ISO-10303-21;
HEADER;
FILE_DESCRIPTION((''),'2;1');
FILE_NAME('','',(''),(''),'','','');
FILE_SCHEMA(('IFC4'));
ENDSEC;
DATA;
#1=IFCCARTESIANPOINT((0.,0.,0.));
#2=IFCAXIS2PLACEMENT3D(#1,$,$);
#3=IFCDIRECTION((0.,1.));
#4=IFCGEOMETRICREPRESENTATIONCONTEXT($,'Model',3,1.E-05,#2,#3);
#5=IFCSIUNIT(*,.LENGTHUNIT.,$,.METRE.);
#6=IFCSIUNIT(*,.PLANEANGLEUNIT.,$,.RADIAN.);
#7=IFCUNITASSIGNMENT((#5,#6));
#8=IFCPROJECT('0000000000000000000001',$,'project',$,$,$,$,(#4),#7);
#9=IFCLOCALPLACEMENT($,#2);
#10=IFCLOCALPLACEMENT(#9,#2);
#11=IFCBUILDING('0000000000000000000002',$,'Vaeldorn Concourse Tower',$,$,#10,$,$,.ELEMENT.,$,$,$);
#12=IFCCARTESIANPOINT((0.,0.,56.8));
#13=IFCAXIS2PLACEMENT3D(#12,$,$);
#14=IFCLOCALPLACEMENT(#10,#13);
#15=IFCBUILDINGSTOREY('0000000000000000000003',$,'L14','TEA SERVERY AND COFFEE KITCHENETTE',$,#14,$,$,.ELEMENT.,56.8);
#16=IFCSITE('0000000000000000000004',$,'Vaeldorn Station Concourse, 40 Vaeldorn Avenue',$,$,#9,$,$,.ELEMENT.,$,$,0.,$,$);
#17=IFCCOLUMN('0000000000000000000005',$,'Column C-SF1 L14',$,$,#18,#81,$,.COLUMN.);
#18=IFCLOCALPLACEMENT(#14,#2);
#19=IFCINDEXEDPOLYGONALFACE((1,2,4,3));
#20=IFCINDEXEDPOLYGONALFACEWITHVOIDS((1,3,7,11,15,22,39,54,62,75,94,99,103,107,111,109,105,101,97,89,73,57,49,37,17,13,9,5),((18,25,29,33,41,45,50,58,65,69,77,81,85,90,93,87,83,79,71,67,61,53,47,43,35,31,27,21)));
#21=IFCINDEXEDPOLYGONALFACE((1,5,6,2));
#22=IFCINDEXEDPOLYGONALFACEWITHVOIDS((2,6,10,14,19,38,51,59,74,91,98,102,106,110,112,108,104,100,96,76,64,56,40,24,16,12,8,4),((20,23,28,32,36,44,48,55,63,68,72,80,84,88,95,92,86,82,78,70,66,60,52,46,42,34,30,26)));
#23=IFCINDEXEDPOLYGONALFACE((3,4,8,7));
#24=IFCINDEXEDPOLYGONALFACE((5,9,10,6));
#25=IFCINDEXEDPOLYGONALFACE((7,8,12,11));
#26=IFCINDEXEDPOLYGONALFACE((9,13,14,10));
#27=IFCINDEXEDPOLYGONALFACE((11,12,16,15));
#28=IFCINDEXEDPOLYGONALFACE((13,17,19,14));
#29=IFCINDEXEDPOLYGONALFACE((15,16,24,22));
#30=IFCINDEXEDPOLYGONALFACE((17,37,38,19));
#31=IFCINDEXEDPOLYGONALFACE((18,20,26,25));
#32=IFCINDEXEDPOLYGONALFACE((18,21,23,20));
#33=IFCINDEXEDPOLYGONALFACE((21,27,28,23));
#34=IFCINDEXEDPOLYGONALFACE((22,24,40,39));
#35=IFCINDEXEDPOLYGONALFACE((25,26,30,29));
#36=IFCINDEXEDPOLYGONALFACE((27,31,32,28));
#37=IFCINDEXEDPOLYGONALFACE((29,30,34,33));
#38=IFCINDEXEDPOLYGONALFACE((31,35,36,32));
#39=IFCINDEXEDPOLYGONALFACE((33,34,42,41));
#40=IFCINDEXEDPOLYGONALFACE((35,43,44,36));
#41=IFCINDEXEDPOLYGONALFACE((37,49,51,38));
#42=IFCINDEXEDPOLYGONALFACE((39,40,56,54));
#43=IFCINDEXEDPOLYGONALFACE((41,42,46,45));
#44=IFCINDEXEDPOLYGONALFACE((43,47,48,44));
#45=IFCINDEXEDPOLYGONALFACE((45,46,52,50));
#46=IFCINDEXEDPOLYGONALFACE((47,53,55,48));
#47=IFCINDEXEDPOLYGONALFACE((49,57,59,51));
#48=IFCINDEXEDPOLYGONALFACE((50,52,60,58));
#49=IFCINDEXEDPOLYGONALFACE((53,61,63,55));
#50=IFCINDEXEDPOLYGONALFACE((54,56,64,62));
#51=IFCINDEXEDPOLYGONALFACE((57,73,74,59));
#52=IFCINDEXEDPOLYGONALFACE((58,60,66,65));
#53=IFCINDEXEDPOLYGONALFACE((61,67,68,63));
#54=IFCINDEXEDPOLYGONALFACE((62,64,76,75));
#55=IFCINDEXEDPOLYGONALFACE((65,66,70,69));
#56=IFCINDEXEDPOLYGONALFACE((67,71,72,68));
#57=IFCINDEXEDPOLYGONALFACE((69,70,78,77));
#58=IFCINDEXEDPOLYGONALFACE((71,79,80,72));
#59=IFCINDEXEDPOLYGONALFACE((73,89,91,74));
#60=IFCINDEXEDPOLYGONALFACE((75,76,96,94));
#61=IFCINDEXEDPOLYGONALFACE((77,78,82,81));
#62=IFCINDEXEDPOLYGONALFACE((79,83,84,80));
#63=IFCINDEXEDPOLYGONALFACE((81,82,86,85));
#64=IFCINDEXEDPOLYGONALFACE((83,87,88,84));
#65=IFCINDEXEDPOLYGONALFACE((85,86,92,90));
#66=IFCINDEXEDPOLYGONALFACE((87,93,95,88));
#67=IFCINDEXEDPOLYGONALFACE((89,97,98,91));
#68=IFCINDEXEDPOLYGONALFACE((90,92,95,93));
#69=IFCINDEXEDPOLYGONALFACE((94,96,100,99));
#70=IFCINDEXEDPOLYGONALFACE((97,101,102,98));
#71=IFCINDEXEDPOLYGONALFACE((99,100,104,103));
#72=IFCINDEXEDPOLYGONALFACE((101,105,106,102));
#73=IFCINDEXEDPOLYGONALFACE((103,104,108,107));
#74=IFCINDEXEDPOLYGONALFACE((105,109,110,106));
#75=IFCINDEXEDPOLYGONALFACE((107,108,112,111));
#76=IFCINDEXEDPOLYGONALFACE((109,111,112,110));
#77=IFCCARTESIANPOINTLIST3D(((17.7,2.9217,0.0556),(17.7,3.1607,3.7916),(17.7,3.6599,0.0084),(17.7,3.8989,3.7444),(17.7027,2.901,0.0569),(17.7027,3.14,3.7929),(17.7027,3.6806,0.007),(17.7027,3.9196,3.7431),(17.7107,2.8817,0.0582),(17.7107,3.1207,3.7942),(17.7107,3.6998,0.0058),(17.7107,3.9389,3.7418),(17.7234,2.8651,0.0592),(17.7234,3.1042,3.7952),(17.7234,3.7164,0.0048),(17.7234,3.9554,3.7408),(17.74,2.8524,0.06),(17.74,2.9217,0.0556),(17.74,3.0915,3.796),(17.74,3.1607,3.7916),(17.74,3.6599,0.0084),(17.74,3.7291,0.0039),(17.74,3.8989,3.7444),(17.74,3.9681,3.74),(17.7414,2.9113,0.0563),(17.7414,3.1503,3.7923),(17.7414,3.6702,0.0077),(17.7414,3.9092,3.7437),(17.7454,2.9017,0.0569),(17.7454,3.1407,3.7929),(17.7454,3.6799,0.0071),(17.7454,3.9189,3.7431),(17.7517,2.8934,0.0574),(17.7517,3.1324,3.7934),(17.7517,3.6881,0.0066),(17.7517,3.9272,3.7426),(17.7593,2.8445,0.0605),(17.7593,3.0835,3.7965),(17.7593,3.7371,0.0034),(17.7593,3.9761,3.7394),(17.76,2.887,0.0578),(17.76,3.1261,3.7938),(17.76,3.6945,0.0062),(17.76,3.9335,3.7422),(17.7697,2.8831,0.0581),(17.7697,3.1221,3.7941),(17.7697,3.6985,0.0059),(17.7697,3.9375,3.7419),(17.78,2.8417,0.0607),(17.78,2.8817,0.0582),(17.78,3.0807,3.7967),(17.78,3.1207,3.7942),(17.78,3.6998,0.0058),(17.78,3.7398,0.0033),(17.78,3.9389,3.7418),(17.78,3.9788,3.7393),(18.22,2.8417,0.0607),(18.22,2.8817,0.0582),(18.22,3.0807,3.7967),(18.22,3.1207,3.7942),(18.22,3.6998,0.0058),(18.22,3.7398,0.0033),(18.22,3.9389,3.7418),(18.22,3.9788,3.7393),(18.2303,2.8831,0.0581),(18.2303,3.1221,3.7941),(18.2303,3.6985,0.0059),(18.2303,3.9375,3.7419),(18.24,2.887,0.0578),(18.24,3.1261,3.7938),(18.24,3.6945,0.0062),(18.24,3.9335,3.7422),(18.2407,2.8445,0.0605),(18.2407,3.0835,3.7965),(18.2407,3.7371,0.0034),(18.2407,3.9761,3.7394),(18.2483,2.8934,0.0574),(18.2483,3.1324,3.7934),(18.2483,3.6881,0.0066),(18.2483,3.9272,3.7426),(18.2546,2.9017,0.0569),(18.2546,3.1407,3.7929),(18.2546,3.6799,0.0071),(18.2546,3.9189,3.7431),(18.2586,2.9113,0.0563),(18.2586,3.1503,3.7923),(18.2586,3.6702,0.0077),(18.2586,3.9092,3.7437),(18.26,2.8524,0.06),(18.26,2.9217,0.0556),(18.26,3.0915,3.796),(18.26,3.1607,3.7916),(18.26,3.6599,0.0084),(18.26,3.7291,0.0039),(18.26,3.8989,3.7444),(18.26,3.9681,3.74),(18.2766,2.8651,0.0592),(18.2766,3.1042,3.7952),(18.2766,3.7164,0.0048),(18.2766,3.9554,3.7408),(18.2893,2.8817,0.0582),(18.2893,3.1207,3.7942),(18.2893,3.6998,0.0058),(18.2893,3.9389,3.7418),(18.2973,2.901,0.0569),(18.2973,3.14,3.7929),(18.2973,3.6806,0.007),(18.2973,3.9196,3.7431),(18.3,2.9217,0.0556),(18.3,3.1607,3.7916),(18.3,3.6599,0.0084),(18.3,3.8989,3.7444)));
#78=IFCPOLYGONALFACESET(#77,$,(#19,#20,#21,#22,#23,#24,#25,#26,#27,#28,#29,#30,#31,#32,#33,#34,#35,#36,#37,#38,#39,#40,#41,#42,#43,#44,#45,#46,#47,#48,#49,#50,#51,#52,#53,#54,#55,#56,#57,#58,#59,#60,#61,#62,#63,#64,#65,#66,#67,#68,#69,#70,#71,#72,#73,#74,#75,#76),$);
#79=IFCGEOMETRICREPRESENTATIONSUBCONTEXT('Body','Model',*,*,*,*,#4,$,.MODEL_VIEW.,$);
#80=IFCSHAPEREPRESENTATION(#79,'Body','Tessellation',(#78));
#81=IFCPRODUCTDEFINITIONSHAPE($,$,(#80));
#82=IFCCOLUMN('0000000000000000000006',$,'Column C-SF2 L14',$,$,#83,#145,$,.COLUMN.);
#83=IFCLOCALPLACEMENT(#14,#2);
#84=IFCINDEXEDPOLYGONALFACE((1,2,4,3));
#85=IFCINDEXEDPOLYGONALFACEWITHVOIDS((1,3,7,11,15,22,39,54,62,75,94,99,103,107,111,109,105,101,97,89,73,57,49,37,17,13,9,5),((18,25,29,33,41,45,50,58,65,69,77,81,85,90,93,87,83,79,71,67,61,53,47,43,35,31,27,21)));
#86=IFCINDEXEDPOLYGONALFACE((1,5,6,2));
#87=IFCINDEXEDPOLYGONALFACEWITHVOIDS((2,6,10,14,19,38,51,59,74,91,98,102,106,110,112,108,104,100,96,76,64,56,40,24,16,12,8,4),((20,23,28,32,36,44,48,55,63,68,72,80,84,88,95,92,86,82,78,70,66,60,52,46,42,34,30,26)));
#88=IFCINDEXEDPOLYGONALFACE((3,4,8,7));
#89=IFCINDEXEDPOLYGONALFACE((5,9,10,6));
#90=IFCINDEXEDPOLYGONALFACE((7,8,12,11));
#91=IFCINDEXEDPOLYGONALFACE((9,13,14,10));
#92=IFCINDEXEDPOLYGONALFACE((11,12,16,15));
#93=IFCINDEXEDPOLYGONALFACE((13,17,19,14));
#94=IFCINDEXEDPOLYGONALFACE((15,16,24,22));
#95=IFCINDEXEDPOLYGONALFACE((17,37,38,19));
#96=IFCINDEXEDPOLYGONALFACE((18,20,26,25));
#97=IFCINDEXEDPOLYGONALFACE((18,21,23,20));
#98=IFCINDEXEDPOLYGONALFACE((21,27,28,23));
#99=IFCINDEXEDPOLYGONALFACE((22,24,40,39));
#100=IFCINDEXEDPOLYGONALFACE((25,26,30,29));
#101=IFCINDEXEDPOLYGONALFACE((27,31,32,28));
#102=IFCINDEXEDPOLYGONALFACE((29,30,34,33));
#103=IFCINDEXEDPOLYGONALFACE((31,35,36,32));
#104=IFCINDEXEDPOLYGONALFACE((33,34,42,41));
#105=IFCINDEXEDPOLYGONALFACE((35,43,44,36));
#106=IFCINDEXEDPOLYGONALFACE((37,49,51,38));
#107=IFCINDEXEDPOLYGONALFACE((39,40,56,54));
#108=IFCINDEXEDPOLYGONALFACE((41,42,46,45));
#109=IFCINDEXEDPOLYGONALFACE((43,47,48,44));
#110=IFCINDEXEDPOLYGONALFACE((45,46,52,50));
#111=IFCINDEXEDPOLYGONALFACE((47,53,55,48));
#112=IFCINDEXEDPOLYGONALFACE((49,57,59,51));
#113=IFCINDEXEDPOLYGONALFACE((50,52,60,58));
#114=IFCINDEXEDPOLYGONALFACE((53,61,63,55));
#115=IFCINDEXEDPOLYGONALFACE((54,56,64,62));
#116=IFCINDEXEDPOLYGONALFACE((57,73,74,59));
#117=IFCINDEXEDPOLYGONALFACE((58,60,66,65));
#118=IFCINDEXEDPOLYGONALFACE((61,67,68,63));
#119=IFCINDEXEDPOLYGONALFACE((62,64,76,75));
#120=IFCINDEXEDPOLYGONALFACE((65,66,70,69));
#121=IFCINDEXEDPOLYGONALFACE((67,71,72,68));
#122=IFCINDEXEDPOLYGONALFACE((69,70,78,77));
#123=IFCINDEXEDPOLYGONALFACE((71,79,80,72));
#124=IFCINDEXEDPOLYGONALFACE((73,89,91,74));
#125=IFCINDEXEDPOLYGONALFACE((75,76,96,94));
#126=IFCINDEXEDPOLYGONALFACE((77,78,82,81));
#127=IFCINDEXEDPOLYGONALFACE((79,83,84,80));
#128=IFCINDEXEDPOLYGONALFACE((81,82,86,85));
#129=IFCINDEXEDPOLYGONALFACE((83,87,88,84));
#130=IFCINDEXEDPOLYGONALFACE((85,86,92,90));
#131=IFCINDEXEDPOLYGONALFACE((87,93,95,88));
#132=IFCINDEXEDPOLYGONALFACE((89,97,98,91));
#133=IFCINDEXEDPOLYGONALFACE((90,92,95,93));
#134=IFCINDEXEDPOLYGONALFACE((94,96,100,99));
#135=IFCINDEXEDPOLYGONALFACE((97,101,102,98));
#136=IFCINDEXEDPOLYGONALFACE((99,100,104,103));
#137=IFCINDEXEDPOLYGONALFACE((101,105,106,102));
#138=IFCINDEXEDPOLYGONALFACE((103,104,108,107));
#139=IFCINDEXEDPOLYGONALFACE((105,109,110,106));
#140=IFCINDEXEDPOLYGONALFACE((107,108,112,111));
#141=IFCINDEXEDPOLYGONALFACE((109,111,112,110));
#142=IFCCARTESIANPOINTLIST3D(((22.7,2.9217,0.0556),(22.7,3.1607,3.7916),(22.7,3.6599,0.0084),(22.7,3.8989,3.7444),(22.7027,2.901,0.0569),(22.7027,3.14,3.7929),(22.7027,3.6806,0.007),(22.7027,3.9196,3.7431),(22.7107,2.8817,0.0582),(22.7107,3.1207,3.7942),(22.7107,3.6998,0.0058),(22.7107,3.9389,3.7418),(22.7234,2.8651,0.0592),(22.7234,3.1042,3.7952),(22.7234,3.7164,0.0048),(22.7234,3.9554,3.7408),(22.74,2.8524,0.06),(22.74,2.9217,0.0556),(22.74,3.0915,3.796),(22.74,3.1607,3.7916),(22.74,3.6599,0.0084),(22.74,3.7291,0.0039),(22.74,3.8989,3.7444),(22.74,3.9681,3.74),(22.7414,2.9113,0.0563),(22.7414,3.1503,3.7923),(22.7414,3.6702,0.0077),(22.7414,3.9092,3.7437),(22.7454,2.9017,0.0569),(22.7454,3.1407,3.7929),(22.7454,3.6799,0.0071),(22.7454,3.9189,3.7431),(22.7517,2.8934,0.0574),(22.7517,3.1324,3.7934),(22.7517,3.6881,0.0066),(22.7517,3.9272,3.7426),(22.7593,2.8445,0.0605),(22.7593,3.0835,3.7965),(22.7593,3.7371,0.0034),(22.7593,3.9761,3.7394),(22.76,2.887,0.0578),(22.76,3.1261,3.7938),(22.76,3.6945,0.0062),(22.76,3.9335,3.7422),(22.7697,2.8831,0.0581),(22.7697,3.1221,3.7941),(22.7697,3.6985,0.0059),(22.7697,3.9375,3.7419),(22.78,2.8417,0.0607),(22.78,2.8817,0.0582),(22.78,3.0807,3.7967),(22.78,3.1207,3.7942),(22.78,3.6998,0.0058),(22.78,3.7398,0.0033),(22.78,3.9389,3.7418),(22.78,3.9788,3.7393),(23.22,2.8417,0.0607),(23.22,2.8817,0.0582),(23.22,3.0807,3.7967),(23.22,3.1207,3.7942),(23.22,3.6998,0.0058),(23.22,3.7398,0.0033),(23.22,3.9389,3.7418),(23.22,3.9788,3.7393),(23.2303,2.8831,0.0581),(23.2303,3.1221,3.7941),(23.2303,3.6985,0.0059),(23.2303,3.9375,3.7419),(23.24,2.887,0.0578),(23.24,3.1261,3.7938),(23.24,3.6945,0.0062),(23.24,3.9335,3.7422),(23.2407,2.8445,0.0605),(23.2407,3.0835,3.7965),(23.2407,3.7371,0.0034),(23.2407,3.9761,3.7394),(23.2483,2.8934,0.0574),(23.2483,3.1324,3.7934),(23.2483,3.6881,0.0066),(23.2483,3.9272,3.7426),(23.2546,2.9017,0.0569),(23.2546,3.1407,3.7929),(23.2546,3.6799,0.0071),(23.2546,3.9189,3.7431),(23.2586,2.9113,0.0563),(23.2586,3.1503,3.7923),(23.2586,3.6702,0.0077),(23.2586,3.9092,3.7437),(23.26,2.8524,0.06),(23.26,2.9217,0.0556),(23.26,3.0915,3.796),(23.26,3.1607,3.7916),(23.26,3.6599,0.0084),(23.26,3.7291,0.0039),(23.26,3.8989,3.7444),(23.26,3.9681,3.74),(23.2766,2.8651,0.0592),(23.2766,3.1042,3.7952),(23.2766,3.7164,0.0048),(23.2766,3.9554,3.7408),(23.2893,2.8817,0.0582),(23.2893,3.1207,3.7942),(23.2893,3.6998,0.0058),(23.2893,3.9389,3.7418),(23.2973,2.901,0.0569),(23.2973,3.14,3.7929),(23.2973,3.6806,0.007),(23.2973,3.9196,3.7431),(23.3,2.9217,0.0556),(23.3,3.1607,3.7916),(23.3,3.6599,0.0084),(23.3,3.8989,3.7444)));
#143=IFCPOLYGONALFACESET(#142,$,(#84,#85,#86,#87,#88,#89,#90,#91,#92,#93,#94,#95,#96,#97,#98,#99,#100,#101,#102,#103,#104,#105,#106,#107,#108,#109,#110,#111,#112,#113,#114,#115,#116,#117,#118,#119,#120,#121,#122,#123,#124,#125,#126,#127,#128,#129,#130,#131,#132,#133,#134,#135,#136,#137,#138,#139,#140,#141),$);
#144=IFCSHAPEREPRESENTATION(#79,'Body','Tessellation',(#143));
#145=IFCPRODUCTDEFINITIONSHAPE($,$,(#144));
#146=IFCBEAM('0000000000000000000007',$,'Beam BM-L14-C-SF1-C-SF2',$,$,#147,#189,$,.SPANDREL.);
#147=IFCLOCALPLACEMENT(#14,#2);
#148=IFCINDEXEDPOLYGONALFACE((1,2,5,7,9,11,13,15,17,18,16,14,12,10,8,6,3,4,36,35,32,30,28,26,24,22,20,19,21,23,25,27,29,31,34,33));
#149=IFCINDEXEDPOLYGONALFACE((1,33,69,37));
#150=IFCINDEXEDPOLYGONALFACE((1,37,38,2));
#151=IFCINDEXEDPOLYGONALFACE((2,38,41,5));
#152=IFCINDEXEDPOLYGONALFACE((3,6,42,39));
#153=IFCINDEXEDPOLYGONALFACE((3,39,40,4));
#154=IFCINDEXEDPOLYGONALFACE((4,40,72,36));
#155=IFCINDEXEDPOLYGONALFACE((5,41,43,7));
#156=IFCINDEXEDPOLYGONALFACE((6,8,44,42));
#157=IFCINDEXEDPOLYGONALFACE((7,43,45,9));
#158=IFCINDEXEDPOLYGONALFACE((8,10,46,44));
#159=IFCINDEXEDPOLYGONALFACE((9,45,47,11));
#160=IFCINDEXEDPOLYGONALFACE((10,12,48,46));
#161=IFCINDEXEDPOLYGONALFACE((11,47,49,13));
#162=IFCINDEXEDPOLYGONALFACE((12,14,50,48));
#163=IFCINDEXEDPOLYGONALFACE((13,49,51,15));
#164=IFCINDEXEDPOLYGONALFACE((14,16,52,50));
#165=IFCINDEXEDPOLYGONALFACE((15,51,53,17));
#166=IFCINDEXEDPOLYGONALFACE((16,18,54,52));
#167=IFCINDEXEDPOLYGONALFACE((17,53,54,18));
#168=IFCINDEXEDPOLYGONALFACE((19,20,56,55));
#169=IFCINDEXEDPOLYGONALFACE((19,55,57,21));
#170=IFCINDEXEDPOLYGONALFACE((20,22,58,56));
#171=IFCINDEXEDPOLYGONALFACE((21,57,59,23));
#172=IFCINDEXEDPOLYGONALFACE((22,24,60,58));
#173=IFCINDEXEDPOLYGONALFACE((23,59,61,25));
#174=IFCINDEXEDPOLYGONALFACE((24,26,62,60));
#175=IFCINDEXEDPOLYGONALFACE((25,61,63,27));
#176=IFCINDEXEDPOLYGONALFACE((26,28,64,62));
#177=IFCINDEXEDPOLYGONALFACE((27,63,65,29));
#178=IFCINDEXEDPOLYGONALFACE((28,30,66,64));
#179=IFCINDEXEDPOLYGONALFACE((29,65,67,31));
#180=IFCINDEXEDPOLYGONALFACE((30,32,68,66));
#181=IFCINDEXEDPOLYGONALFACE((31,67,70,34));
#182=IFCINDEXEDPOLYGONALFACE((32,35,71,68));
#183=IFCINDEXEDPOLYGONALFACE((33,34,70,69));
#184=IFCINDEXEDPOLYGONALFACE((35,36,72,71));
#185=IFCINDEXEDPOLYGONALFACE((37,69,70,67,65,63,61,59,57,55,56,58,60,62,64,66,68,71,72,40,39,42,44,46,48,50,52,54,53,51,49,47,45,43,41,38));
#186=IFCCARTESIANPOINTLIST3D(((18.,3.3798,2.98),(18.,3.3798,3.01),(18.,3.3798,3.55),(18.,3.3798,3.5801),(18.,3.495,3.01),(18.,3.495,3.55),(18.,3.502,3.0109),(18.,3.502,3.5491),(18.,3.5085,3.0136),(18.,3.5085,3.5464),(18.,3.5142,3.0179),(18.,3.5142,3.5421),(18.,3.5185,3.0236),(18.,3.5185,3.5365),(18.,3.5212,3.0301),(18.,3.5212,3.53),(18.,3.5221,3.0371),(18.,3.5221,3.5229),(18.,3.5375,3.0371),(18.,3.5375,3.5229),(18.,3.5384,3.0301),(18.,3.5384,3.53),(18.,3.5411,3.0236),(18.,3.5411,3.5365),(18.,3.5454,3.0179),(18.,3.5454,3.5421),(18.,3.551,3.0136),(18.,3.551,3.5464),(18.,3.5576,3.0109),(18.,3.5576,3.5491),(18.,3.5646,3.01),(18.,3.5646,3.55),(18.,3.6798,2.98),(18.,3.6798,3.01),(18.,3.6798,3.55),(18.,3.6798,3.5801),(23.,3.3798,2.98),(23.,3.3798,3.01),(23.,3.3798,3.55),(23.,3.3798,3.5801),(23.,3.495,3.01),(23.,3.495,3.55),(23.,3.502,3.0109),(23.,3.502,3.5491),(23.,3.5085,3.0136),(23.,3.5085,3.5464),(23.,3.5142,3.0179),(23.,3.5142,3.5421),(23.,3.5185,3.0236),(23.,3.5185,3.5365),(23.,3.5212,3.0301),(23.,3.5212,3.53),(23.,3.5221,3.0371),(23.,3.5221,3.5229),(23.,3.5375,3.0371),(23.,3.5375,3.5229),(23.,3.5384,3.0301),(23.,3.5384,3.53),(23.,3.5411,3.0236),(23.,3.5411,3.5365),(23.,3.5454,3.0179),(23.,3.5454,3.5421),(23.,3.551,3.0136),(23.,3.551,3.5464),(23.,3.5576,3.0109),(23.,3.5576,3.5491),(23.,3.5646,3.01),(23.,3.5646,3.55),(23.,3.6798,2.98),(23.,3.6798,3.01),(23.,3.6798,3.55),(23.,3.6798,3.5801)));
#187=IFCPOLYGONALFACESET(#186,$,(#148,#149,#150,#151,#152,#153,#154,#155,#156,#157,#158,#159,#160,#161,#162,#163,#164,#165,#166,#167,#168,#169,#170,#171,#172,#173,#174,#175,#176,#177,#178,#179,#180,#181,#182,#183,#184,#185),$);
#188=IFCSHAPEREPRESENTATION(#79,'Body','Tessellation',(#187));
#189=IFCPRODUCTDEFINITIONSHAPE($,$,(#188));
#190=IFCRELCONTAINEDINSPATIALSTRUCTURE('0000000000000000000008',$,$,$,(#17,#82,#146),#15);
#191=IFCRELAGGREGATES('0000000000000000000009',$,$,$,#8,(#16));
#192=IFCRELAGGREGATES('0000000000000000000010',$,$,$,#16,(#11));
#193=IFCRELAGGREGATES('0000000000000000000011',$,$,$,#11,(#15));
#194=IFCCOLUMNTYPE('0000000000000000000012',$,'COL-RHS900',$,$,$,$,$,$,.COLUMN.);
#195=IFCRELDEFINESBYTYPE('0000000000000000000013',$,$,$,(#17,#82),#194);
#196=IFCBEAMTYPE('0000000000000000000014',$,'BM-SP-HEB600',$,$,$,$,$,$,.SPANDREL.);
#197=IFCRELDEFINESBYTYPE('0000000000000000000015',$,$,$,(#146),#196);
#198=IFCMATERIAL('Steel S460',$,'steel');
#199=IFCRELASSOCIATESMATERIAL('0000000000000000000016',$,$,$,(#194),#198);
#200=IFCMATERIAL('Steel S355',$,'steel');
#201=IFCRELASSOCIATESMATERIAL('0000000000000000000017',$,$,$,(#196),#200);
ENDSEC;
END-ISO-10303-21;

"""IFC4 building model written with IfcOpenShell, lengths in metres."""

from ifc_helpers import new_model, si_unit, direction, frame, origin, origin_2d, place, context, subcontext, project, spatial, hollow_rectangle, i_section, extrude, source, transform, mapped, material, material_profile, profile_set, type_object, element, save


model = new_model("IFC4")

# Units and contexts
model_context = context("Model", 3, precision=1e-05, world=origin(), true_north=direction((0.0, 1.0)))
body_context = subcontext(model_context, "Body", "Model", "MODEL_VIEW")
ifc_project = project(units=[si_unit("LENGTHUNIT", "METRE"), si_unit("PLANEANGLEUNIT", "RADIAN")], contexts=[model_context])

# Site, building, storey
site_placement = place(None, origin())
site = spatial("IfcSite", under=ifc_project, at=site_placement, Name="Vaeldorn Station Concourse, 40 Vaeldorn Avenue", CompositionType="ELEMENT", RefElevation=0.0)
building_placement = place(site_placement, origin())
building = spatial("IfcBuilding", under=site, at=building_placement, Name="Vaeldorn Concourse Tower", CompositionType="ELEMENT")
storey_placement = place(building_placement, frame((0.0, 0.0, 56.8)))
storey = spatial("IfcBuildingStorey", under=building, at=storey_placement, Name="L14", Description="TEA SERVERY AND COFFEE KITCHENETTE", CompositionType="ELEMENT", Elevation=56.8)

# Columns
ifc_material_1 = material(Name="Steel S460", Category="steel")
ifc_material_profile_1 = material_profile(ifc_material_1, hollow_rectangle(XDim=0.6001, YDim=0.8999, WallThickness=0.04, InnerFilletRadius=0.04, OuterFilletRadius=0.0801, at=origin_2d()), Name="RHS 900x600x40")
ifc_profile_set_1 = profile_set([ifc_material_profile_1], Name="Steel S460")
column_type = type_object("IfcColumnType", Name="COL-RHS900", PredefinedType="COLUMN", material=ifc_profile_set_1)
shared_shape_1 = source(origin(), body_context, "Body", "SweptSolid", [
    extrude(hollow_rectangle(XDim=0.6001, YDim=0.8999, WallThickness=0.04, InnerFilletRadius=0.04, OuterFilletRadius=0.0801, at=origin_2d()), origin(), (0.0, 0.0, 1.0), 3.7437),
])
for number, where, z_axis, x_axis, name in (
    (1, (18.0, 3.2908, 0.032), (0.0, 0.063844, 0.99796), (-1.0, 0.0, 0.0), "Column C-SF1 L14"),
    (2, (23.0, 3.2908, 0.032), (0.0, 0.063844, 0.99796), (-1.0, 0.0, 0.0), "Column C-SF2 L14"),
):
    element("IfcColumn", number, at=place(storey_placement, frame(where, z_axis=z_axis, x_axis=x_axis)), inside=storey, type_object=column_type, Name=name, PredefinedType="COLUMN", context=body_context, shape_type="MappedRepresentation", body=[
        mapped(shared_shape_1, transform((0.0, 0.0, 0.0), scale=1.0)),
    ])

# Beam
ifc_material_2 = material(Name="Steel S355", Category="steel")
ifc_material_profile_2 = material_profile(ifc_material_2, i_section(OverallWidth=0.3, OverallDepth=0.6001, WebThickness=0.0154, FlangeThickness=0.03, FilletRadius=0.0271, at=origin_2d()), Name="HEB 600")
ifc_profile_set_2 = profile_set([ifc_material_profile_2], Name="Steel S355")
beam_type_1 = type_object("IfcBeamType", Name="BM-SP-HEB600", PredefinedType="SPANDREL", material=ifc_profile_set_2)
shared_shape_2 = source(origin(), body_context, "Body", "SweptSolid", [
    extrude(i_section(OverallWidth=0.3, OverallDepth=0.6001, WebThickness=0.0154, FlangeThickness=0.03, FilletRadius=0.0271, at=origin_2d()), origin(), (0.0, 0.0, 1.0), 5.0),
])
beam_1_placement = place(storey_placement, frame((18.0, 3.5298, 3.28), z_axis=(1.0, 0.0, 0.0), x_axis=(0.0, 1.0, 0.0)))
element("IfcBeam", 3, at=beam_1_placement, inside=storey, type_object=beam_type_1, Name="Beam BM-L14-C-SF1-C-SF2", PredefinedType="SPANDREL", context=body_context, shape_type="MappedRepresentation", body=[
    mapped(shared_shape_2, transform((0.0, 0.0, 0.0), scale=1.0)),
])

save(model, "model.ifc")
